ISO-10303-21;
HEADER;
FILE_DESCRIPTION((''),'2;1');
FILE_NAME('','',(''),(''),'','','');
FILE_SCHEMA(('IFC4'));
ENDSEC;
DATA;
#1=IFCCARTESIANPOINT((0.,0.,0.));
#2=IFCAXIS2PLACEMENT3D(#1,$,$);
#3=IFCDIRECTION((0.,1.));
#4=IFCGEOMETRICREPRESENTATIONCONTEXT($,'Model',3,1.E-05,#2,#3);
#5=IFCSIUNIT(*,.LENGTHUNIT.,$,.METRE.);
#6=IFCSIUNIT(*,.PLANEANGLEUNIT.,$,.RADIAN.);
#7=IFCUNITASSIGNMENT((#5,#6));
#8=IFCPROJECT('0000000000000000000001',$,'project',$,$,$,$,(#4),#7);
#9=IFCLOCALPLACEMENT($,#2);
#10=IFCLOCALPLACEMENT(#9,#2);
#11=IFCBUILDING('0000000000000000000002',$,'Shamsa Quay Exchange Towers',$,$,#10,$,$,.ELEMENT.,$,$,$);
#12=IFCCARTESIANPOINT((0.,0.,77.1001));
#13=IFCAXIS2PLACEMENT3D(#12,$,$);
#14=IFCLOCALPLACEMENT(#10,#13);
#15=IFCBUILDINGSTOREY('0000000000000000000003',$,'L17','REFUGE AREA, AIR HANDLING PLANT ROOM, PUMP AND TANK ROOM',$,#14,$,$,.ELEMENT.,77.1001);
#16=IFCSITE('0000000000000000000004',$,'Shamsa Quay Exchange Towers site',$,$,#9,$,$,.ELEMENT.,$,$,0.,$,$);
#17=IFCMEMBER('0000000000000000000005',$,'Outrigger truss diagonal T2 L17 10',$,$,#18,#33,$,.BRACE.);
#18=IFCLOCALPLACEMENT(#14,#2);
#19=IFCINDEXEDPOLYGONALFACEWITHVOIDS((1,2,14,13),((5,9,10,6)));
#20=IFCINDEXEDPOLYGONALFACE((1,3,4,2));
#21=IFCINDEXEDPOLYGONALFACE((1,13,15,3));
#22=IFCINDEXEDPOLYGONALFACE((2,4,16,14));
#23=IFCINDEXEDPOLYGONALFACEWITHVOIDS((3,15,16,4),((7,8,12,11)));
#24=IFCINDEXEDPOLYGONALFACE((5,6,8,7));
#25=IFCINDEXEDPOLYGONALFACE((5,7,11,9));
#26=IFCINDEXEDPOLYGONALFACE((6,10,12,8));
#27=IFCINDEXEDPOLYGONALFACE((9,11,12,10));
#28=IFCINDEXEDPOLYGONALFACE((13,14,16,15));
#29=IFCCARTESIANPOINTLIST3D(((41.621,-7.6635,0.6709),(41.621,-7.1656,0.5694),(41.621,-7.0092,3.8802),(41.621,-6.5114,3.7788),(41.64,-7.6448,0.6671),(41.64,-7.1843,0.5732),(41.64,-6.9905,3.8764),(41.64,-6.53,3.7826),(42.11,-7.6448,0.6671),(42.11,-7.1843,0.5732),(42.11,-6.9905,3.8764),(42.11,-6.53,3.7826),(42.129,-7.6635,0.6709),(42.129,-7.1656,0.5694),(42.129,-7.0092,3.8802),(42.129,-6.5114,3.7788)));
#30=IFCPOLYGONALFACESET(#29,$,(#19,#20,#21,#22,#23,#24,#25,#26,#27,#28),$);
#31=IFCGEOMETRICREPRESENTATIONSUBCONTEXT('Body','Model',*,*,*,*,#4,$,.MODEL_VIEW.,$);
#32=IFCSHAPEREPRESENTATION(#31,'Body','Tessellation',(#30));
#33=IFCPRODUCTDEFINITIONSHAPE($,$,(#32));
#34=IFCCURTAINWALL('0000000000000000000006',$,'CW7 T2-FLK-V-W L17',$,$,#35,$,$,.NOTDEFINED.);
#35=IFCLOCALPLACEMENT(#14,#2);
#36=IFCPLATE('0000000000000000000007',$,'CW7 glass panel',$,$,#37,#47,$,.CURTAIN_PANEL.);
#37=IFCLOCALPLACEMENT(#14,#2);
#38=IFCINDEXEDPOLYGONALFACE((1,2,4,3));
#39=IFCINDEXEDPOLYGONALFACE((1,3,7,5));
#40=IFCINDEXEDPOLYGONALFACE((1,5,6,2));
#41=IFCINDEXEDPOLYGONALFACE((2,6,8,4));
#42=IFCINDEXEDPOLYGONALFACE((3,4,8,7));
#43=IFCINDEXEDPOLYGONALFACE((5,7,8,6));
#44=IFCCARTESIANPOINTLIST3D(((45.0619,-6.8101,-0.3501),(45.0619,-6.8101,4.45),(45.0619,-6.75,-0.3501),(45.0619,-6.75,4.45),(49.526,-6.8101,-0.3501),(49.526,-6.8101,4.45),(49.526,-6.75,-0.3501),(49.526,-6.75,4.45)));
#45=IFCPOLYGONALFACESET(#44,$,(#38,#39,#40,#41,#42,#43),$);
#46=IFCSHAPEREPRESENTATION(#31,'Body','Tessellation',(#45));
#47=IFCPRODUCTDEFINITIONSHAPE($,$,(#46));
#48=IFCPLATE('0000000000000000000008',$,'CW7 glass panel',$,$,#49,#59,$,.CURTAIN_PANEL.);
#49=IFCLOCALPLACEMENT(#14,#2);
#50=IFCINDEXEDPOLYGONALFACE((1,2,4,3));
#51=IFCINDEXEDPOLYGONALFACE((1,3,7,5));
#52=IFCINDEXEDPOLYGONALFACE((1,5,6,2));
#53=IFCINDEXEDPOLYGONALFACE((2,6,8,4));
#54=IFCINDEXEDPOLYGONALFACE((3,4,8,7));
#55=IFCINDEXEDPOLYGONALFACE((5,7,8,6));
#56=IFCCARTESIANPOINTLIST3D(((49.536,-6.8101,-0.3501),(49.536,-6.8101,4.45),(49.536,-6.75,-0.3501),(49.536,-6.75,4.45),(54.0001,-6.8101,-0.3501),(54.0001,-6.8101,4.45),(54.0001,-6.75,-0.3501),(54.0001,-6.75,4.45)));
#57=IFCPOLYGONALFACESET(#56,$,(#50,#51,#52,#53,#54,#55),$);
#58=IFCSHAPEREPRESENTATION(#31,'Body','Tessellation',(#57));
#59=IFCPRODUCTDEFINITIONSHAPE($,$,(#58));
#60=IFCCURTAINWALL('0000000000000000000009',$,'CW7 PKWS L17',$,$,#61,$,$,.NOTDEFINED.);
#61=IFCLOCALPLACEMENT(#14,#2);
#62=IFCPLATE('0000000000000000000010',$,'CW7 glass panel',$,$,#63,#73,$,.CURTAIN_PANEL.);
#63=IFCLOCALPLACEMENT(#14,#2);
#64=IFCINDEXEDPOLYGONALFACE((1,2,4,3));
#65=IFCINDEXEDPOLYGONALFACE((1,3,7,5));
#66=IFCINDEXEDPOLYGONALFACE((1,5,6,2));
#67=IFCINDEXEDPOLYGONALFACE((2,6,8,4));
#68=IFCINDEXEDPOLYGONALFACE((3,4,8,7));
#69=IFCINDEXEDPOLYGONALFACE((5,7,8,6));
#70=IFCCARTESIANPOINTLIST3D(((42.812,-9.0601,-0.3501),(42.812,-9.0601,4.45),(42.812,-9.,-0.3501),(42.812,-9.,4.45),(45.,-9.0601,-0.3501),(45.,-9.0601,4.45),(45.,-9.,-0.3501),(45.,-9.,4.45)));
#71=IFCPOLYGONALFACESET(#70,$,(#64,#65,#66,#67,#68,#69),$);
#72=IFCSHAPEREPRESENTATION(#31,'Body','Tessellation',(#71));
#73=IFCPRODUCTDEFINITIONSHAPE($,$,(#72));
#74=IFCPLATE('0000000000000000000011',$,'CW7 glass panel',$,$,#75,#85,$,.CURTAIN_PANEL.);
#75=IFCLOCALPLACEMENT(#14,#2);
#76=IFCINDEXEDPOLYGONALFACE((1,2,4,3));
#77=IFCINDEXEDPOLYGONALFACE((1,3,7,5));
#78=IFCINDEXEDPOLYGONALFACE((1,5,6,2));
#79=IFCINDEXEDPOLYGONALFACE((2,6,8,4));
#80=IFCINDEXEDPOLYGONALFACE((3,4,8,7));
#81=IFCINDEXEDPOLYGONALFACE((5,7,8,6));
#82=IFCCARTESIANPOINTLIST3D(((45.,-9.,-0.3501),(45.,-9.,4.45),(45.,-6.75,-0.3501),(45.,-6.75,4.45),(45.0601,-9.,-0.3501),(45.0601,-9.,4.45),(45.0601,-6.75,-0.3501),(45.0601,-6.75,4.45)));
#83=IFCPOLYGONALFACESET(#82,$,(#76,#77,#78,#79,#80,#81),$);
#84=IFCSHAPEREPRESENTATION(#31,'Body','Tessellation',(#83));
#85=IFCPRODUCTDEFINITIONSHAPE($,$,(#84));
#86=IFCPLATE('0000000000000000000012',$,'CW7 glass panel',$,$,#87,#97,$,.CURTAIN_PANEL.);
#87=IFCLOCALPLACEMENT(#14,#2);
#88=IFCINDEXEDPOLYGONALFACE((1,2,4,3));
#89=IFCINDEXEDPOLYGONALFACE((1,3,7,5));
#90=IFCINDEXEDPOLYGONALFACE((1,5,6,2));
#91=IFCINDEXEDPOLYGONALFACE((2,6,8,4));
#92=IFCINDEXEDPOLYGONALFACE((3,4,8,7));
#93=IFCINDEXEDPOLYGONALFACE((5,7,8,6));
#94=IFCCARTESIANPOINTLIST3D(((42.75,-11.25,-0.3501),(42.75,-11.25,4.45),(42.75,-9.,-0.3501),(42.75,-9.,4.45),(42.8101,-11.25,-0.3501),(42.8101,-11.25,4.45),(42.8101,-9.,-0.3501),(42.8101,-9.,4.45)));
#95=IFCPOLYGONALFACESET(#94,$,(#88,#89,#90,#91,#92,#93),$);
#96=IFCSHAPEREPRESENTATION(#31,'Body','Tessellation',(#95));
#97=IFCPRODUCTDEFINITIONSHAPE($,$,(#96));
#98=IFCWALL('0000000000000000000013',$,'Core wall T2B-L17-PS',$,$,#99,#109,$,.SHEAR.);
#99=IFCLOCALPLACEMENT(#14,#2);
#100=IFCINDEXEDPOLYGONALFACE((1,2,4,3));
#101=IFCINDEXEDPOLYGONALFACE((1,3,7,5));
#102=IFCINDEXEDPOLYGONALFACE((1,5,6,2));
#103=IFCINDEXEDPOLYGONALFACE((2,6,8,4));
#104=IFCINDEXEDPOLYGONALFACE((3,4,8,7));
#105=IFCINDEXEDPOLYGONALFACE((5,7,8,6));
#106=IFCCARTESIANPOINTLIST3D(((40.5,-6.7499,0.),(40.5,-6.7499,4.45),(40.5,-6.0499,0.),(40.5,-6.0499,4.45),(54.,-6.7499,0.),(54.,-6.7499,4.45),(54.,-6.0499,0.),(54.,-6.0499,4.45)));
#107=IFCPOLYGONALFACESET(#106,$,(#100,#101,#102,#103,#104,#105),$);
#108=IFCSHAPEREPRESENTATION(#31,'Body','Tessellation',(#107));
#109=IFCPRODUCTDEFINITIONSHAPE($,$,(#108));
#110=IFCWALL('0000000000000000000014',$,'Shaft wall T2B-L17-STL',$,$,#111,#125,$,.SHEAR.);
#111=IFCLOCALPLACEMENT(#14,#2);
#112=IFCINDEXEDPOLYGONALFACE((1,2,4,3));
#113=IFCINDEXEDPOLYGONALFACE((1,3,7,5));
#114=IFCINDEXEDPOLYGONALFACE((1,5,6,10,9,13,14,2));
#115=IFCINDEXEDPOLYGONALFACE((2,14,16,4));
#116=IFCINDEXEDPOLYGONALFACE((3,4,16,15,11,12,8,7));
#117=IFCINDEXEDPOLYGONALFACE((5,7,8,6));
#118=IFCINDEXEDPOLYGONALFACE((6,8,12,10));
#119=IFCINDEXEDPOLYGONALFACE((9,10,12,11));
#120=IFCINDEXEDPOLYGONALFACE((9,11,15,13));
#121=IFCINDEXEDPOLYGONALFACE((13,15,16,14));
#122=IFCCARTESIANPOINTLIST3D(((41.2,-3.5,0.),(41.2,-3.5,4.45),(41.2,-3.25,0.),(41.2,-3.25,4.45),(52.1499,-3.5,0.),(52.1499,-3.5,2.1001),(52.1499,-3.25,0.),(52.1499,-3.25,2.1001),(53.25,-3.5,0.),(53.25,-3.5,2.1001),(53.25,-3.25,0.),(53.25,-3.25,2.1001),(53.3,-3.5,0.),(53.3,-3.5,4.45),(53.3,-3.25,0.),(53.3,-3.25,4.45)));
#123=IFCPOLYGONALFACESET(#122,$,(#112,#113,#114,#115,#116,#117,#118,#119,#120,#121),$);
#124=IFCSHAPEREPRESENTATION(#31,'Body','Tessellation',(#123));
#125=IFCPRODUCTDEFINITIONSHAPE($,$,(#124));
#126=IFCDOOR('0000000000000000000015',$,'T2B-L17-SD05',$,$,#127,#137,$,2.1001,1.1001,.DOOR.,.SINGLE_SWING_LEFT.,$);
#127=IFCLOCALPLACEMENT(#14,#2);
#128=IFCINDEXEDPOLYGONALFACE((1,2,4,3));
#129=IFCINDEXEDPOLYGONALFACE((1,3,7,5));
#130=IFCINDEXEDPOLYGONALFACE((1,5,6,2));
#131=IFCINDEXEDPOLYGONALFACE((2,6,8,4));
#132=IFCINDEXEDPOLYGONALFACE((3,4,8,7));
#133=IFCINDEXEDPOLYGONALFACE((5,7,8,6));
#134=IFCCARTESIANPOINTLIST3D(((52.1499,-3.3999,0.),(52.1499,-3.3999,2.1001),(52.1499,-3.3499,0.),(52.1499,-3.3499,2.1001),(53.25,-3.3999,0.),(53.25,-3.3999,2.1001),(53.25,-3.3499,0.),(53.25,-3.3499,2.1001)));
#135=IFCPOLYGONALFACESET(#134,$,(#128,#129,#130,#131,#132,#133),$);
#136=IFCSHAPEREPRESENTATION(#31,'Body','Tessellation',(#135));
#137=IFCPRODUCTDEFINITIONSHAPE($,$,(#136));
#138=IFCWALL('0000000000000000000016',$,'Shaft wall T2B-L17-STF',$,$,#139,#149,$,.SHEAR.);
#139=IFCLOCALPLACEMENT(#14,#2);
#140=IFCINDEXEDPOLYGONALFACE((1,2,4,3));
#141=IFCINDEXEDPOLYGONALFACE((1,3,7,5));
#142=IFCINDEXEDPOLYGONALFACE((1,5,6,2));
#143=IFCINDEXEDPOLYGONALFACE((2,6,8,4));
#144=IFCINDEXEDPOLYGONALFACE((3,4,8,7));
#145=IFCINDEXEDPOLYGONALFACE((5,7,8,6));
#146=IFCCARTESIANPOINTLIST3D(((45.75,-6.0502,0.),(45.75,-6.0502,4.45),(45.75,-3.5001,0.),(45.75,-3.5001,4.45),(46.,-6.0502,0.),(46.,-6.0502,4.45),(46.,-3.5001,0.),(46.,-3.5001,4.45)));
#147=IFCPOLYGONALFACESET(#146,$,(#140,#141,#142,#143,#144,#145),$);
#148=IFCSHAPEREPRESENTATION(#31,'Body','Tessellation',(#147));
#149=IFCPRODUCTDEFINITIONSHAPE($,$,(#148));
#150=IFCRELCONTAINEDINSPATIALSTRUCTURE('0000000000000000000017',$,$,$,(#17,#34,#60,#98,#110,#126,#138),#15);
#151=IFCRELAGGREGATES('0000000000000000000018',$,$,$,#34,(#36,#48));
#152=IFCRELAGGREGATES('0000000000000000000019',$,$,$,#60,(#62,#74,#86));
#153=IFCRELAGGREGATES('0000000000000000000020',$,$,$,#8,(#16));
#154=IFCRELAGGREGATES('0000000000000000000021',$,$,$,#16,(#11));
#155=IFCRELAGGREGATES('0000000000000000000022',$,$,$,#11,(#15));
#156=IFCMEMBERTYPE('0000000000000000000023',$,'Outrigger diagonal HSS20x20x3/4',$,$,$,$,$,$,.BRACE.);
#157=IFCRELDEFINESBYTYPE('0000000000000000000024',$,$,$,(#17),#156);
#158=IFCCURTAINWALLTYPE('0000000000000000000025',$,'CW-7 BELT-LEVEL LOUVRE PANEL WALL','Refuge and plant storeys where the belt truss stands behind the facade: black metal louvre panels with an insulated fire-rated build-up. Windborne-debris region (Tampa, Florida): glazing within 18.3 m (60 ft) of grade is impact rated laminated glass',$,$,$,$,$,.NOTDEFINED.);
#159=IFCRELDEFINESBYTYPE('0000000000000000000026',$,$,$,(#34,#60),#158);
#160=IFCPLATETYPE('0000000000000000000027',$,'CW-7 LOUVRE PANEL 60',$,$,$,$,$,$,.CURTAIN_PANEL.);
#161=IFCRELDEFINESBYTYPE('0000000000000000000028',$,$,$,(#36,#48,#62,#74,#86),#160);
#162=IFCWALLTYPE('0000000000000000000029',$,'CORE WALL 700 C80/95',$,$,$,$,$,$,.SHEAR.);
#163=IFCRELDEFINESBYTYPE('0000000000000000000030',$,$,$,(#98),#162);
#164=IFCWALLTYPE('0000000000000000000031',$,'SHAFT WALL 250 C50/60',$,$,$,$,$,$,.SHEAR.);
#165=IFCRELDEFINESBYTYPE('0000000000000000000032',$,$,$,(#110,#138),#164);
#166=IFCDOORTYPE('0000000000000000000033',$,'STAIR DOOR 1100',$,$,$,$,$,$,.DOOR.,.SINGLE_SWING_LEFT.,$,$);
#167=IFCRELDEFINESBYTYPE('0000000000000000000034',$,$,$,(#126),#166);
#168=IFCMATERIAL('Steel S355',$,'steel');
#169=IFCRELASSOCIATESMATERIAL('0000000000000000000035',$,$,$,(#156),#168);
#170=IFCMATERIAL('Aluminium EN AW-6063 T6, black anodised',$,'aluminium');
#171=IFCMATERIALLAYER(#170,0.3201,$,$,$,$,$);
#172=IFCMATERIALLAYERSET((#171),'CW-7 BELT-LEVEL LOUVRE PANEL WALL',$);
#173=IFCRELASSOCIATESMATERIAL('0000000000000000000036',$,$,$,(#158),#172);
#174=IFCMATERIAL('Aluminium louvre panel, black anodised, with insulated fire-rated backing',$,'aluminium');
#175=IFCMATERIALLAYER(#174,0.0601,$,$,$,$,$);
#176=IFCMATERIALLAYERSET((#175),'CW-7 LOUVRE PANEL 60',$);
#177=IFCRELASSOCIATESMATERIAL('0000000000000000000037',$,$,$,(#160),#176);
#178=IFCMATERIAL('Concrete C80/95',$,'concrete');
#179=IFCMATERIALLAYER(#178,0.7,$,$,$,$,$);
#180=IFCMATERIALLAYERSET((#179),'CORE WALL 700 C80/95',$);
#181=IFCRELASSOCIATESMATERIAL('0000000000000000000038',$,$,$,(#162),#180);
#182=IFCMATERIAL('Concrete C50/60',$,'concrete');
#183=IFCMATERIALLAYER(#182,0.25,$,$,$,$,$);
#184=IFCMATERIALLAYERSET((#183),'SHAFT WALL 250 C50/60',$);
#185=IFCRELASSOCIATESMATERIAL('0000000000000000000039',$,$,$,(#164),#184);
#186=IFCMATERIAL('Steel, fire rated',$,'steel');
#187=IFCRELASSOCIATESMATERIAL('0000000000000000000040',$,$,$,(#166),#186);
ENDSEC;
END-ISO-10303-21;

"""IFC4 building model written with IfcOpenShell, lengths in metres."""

from ifc_helpers import new_model, si_unit, direction, frame, frame_2d, origin, origin_2d, place, context, subcontext, project, spatial, rectangle, hollow_rectangle, extrude, material, layer, layer_set, material_profile, profile_set, type_object, element, fill, aggregate, save


model = new_model("IFC4")

# Units and contexts
model_context = context("Model", 3, precision=1e-05, world=origin(), true_north=direction((0.0, 1.0)))
body_context = subcontext(model_context, "Body", "Model", "MODEL_VIEW")
ifc_project = project(units=[si_unit("LENGTHUNIT", "METRE"), si_unit("PLANEANGLEUNIT", "RADIAN")], contexts=[model_context])

# Site, building, storey
site_placement = place(None, origin())
site = spatial("IfcSite", under=ifc_project, at=site_placement, Name="Shamsa Quay Exchange Towers site", CompositionType="ELEMENT", RefElevation=0.0)
building_placement = place(site_placement, origin())
building = spatial("IfcBuilding", under=site, at=building_placement, Name="Shamsa Quay Exchange Towers", CompositionType="ELEMENT")
storey_placement = place(building_placement, frame((0.0, 0.0, 77.1001)))
storey = spatial("IfcBuildingStorey", under=building, at=storey_placement, Name="L17", Description="REFUGE AREA, AIR HANDLING PLANT ROOM, PUMP AND TANK ROOM", CompositionType="ELEMENT", Elevation=77.1001)

# Member
ifc_material_1 = material(Name="Steel S355", Category="steel")
ifc_material_profile = material_profile(ifc_material_1, hollow_rectangle(XDim=0.5081, YDim=0.5081, WallThickness=0.019, at=origin_2d()), Name="HSS20x20x3/4")
ifc_profile_set = profile_set([ifc_material_profile], Name="Steel S355")
member_type = type_object("IfcMemberType", Name="Outrigger diagonal HSS20x20x3/4", PredefinedType="BRACE", material=ifc_profile_set)
member_placement = place(storey_placement, frame((41.875, -7.4146, 0.6201), z_axis=(0.0, 0.199756, 0.979846), x_axis=(-1.0, 0.0, 0.0)))
element("IfcMember", 1, at=member_placement, inside=storey, type_object=member_type, Name="Outrigger truss diagonal T2 L17 10", PredefinedType="BRACE", context=body_context, shape_type="SweptSolid", body=[
    extrude(hollow_rectangle(XDim=0.5081, YDim=0.5081, WallThickness=0.019, at=origin_2d()), origin(), (0.0, 0.0, 1.0), 3.2754),
])

# Curtain walls, plates
ifc_material_2 = material(Name="Aluminium EN AW-6063 T6, black anodised", Category="aluminium")
ifc_layer_1 = layer(ifc_material_2, 0.3201)
ifc_layer_set_1 = layer_set([ifc_layer_1], Name="CW-7 BELT-LEVEL LOUVRE PANEL WALL")
curtain_wall_type = type_object("IfcCurtainWallType", Name="CW-7 BELT-LEVEL LOUVRE PANEL WALL", Description="Refuge and plant storeys where the belt truss stands behind the facade: black metal louvre panels with an insulated fire-rated build-up. Windborne-debris region (Tampa, Florida): glazing within 18.3 m (60 ft) of grade is impact rated laminated glass", PredefinedType="NOTDEFINED", material=ifc_layer_set_1)
curtain_wall_1_placement = place(storey_placement, origin())
curtain_wall_1 = element("IfcCurtainWall", 2, at=curtain_wall_1_placement, inside=storey, type_object=curtain_wall_type, Name="CW7 T2-FLK-V-W L17", PredefinedType="NOTDEFINED")
ifc_material_3 = material(Name="Aluminium louvre panel, black anodised, with insulated fire-rated backing", Category="aluminium")
ifc_layer_2 = layer(ifc_material_3, 0.0601)
ifc_layer_set_2 = layer_set([ifc_layer_2], Name="CW-7 LOUVRE PANEL 60")
plate_type = type_object("IfcPlateType", Name="CW-7 LOUVRE PANEL 60", PredefinedType="CURTAIN_PANEL", material=ifc_layer_set_2)
plate_1_placement = place(storey_placement, frame((47.2939, -6.78, -0.3501)))
plate_1 = element("IfcPlate", 3, at=plate_1_placement, type_object=plate_type, Name="CW7 glass panel", PredefinedType="CURTAIN_PANEL", context=body_context, shape_type="SweptSolid", body=[
    extrude(rectangle(XDim=4.4641, YDim=0.0601, at=origin_2d()), origin(), (0.0, 0.0, 1.0), 4.8),
])
plate_2_placement = place(storey_placement, frame((51.7681, -6.78, -0.3501)))
plate_2 = element("IfcPlate", 4, at=plate_2_placement, type_object=plate_type, Name="CW7 glass panel", PredefinedType="CURTAIN_PANEL", context=body_context, shape_type="SweptSolid", body=[
    extrude(rectangle(XDim=4.4641, YDim=0.0601, at=origin_2d()), origin(), (0.0, 0.0, 1.0), 4.8),
])
aggregate(curtain_wall_1, [plate_1, plate_2])
curtain_wall_2_placement = place(storey_placement, origin())
curtain_wall_2 = element("IfcCurtainWall", 5, at=curtain_wall_2_placement, inside=storey, type_object=curtain_wall_type, Name="CW7 PKWS L17", PredefinedType="NOTDEFINED")
plate_3_placement = place(storey_placement, frame((43.906, -9.03, -0.3501)))
plate_3 = element("IfcPlate", 6, at=plate_3_placement, type_object=plate_type, Name="CW7 glass panel", PredefinedType="CURTAIN_PANEL", context=body_context, shape_type="SweptSolid", body=[
    extrude(rectangle(XDim=2.188, YDim=0.0601, at=origin_2d()), origin(), (0.0, 0.0, 1.0), 4.8),
])
plate_4_placement = place(storey_placement, frame((45.03, -7.875, -0.3501), z_axis=(0.0, 0.0, 1.0), x_axis=(0.0, 1.0, 0.0)))
plate_4 = element("IfcPlate", 7, at=plate_4_placement, type_object=plate_type, Name="CW7 glass panel", PredefinedType="CURTAIN_PANEL", context=body_context, shape_type="SweptSolid", body=[
    extrude(rectangle(XDim=2.25, YDim=0.0601, at=origin_2d()), origin(), (0.0, 0.0, 1.0), 4.8),
])
plate_5_placement = place(storey_placement, frame((42.78, -10.125, -0.3501), z_axis=(0.0, 0.0, 1.0), x_axis=(0.0, 1.0, 0.0)))
plate_5 = element("IfcPlate", 8, at=plate_5_placement, type_object=plate_type, Name="CW7 glass panel", PredefinedType="CURTAIN_PANEL", context=body_context, shape_type="SweptSolid", body=[
    extrude(rectangle(XDim=2.25, YDim=0.0601, at=origin_2d()), origin(), (0.0, 0.0, 1.0), 4.8),
])
aggregate(curtain_wall_2, [plate_3, plate_4, plate_5])

# Wall
ifc_material_4 = material(Name="Concrete C80/95", Category="concrete")
ifc_layer_3 = layer(ifc_material_4, 0.7)
ifc_layer_set_3 = layer_set([ifc_layer_3], Name="CORE WALL 700 C80/95")
wall_type_1 = type_object("IfcWallType", Name="CORE WALL 700 C80/95", PredefinedType="SHEAR", material=ifc_layer_set_3)
wall_1_placement = place(storey_placement, frame((54.0, -6.3999, 0.0), z_axis=(0.0, 0.0, 1.0), x_axis=(-1.0, 0.0, 0.0)))
element("IfcWall", 9, at=wall_1_placement, inside=storey, type_object=wall_type_1, Name="Core wall T2B-L17-PS", PredefinedType="SHEAR", context=body_context, shape_type="SweptSolid", body=[
    extrude(rectangle(XDim=13.5, YDim=0.7, at=frame_2d((6.75, 0.0))), origin(), (0.0, 0.0, 1.0), 4.45),
])

# Shared definitions
ifc_material_5 = material(Name="Steel, fire rated", Category="steel")

# Wall, opening, door
ifc_material_6 = material(Name="Concrete C50/60", Category="concrete")
ifc_layer_4 = layer(ifc_material_6, 0.25)
ifc_layer_set_4 = layer_set([ifc_layer_4], Name="SHAFT WALL 250 C50/60")
wall_type_2 = type_object("IfcWallType", Name="SHAFT WALL 250 C50/60", PredefinedType="SHEAR", material=ifc_layer_set_4)
wall_2_placement = place(storey_placement, frame((53.3, -3.375, 0.0), z_axis=(0.0, 0.0, 1.0), x_axis=(-1.0, 0.0, 0.0)))
wall_2 = element("IfcWall", 10, at=wall_2_placement, inside=storey, type_object=wall_type_2, Name="Shaft wall T2B-L17-STL", PredefinedType="SHEAR", context=body_context, shape_type="SweptSolid", body=[
    extrude(rectangle(XDim=12.1001, YDim=0.25, at=frame_2d((6.05, 0.0))), origin(), (0.0, 0.0, 1.0), 4.45),
])
opening_1_placement = place(wall_2_placement, frame((0.05, 0.0, 0.0)))
opening_1 = element("IfcOpeningElement", 11, at=opening_1_placement, cuts=wall_2, PredefinedType="OPENING", context=body_context, shape_type="SweptSolid", body=[
    extrude(rectangle(XDim=1.1001, YDim=2.1001, at=frame_2d((0.55, 1.05))), frame((0.0, 0.135, 0.0), z_axis=(0.0, -1.0, 0.0), x_axis=(1.0, 0.0, 0.0)), (0.0, 0.0, 1.0), 0.27),
])
door_type_1 = type_object("IfcDoorType", Name="STAIR DOOR 1100", OperationType="SINGLE_SWING_LEFT", PredefinedType="DOOR", material=ifc_material_5)
door_1_placement = place(opening_1_placement, origin())
door_1 = element("IfcDoor", 12, at=door_1_placement, inside=storey, type_object=door_type_1, Name="T2B-L17-SD05", OperationType="SINGLE_SWING_LEFT", OverallHeight=2.1001, OverallWidth=1.1001, PredefinedType="DOOR", context=body_context, shape_type="SweptSolid", body=[
    extrude(rectangle(XDim=1.1001, YDim=2.1001, at=frame_2d((0.55, 1.05))), frame((0.0, 0.0249, 0.0), z_axis=(0.0, -1.0, 0.0), x_axis=(1.0, 0.0, 0.0)), (0.0, 0.0, 1.0), 0.05),
])
fill(opening_1, door_1)

# Wall
wall_3_placement = place(storey_placement, frame((45.875, -6.05, 0.0), z_axis=(0.0, 0.0, 1.0), x_axis=(0.0, 1.0, 0.0)))
element("IfcWall", 13, at=wall_3_placement, inside=storey, type_object=wall_type_2, Name="Shaft wall T2B-L17-STF", PredefinedType="SHEAR", context=body_context, shape_type="SweptSolid", body=[
    extrude(rectangle(XDim=2.55, YDim=0.25, at=frame_2d((1.2749, 0.0))), origin(), (0.0, 0.0, 1.0), 4.45),
])

save(model, "model.ifc")
